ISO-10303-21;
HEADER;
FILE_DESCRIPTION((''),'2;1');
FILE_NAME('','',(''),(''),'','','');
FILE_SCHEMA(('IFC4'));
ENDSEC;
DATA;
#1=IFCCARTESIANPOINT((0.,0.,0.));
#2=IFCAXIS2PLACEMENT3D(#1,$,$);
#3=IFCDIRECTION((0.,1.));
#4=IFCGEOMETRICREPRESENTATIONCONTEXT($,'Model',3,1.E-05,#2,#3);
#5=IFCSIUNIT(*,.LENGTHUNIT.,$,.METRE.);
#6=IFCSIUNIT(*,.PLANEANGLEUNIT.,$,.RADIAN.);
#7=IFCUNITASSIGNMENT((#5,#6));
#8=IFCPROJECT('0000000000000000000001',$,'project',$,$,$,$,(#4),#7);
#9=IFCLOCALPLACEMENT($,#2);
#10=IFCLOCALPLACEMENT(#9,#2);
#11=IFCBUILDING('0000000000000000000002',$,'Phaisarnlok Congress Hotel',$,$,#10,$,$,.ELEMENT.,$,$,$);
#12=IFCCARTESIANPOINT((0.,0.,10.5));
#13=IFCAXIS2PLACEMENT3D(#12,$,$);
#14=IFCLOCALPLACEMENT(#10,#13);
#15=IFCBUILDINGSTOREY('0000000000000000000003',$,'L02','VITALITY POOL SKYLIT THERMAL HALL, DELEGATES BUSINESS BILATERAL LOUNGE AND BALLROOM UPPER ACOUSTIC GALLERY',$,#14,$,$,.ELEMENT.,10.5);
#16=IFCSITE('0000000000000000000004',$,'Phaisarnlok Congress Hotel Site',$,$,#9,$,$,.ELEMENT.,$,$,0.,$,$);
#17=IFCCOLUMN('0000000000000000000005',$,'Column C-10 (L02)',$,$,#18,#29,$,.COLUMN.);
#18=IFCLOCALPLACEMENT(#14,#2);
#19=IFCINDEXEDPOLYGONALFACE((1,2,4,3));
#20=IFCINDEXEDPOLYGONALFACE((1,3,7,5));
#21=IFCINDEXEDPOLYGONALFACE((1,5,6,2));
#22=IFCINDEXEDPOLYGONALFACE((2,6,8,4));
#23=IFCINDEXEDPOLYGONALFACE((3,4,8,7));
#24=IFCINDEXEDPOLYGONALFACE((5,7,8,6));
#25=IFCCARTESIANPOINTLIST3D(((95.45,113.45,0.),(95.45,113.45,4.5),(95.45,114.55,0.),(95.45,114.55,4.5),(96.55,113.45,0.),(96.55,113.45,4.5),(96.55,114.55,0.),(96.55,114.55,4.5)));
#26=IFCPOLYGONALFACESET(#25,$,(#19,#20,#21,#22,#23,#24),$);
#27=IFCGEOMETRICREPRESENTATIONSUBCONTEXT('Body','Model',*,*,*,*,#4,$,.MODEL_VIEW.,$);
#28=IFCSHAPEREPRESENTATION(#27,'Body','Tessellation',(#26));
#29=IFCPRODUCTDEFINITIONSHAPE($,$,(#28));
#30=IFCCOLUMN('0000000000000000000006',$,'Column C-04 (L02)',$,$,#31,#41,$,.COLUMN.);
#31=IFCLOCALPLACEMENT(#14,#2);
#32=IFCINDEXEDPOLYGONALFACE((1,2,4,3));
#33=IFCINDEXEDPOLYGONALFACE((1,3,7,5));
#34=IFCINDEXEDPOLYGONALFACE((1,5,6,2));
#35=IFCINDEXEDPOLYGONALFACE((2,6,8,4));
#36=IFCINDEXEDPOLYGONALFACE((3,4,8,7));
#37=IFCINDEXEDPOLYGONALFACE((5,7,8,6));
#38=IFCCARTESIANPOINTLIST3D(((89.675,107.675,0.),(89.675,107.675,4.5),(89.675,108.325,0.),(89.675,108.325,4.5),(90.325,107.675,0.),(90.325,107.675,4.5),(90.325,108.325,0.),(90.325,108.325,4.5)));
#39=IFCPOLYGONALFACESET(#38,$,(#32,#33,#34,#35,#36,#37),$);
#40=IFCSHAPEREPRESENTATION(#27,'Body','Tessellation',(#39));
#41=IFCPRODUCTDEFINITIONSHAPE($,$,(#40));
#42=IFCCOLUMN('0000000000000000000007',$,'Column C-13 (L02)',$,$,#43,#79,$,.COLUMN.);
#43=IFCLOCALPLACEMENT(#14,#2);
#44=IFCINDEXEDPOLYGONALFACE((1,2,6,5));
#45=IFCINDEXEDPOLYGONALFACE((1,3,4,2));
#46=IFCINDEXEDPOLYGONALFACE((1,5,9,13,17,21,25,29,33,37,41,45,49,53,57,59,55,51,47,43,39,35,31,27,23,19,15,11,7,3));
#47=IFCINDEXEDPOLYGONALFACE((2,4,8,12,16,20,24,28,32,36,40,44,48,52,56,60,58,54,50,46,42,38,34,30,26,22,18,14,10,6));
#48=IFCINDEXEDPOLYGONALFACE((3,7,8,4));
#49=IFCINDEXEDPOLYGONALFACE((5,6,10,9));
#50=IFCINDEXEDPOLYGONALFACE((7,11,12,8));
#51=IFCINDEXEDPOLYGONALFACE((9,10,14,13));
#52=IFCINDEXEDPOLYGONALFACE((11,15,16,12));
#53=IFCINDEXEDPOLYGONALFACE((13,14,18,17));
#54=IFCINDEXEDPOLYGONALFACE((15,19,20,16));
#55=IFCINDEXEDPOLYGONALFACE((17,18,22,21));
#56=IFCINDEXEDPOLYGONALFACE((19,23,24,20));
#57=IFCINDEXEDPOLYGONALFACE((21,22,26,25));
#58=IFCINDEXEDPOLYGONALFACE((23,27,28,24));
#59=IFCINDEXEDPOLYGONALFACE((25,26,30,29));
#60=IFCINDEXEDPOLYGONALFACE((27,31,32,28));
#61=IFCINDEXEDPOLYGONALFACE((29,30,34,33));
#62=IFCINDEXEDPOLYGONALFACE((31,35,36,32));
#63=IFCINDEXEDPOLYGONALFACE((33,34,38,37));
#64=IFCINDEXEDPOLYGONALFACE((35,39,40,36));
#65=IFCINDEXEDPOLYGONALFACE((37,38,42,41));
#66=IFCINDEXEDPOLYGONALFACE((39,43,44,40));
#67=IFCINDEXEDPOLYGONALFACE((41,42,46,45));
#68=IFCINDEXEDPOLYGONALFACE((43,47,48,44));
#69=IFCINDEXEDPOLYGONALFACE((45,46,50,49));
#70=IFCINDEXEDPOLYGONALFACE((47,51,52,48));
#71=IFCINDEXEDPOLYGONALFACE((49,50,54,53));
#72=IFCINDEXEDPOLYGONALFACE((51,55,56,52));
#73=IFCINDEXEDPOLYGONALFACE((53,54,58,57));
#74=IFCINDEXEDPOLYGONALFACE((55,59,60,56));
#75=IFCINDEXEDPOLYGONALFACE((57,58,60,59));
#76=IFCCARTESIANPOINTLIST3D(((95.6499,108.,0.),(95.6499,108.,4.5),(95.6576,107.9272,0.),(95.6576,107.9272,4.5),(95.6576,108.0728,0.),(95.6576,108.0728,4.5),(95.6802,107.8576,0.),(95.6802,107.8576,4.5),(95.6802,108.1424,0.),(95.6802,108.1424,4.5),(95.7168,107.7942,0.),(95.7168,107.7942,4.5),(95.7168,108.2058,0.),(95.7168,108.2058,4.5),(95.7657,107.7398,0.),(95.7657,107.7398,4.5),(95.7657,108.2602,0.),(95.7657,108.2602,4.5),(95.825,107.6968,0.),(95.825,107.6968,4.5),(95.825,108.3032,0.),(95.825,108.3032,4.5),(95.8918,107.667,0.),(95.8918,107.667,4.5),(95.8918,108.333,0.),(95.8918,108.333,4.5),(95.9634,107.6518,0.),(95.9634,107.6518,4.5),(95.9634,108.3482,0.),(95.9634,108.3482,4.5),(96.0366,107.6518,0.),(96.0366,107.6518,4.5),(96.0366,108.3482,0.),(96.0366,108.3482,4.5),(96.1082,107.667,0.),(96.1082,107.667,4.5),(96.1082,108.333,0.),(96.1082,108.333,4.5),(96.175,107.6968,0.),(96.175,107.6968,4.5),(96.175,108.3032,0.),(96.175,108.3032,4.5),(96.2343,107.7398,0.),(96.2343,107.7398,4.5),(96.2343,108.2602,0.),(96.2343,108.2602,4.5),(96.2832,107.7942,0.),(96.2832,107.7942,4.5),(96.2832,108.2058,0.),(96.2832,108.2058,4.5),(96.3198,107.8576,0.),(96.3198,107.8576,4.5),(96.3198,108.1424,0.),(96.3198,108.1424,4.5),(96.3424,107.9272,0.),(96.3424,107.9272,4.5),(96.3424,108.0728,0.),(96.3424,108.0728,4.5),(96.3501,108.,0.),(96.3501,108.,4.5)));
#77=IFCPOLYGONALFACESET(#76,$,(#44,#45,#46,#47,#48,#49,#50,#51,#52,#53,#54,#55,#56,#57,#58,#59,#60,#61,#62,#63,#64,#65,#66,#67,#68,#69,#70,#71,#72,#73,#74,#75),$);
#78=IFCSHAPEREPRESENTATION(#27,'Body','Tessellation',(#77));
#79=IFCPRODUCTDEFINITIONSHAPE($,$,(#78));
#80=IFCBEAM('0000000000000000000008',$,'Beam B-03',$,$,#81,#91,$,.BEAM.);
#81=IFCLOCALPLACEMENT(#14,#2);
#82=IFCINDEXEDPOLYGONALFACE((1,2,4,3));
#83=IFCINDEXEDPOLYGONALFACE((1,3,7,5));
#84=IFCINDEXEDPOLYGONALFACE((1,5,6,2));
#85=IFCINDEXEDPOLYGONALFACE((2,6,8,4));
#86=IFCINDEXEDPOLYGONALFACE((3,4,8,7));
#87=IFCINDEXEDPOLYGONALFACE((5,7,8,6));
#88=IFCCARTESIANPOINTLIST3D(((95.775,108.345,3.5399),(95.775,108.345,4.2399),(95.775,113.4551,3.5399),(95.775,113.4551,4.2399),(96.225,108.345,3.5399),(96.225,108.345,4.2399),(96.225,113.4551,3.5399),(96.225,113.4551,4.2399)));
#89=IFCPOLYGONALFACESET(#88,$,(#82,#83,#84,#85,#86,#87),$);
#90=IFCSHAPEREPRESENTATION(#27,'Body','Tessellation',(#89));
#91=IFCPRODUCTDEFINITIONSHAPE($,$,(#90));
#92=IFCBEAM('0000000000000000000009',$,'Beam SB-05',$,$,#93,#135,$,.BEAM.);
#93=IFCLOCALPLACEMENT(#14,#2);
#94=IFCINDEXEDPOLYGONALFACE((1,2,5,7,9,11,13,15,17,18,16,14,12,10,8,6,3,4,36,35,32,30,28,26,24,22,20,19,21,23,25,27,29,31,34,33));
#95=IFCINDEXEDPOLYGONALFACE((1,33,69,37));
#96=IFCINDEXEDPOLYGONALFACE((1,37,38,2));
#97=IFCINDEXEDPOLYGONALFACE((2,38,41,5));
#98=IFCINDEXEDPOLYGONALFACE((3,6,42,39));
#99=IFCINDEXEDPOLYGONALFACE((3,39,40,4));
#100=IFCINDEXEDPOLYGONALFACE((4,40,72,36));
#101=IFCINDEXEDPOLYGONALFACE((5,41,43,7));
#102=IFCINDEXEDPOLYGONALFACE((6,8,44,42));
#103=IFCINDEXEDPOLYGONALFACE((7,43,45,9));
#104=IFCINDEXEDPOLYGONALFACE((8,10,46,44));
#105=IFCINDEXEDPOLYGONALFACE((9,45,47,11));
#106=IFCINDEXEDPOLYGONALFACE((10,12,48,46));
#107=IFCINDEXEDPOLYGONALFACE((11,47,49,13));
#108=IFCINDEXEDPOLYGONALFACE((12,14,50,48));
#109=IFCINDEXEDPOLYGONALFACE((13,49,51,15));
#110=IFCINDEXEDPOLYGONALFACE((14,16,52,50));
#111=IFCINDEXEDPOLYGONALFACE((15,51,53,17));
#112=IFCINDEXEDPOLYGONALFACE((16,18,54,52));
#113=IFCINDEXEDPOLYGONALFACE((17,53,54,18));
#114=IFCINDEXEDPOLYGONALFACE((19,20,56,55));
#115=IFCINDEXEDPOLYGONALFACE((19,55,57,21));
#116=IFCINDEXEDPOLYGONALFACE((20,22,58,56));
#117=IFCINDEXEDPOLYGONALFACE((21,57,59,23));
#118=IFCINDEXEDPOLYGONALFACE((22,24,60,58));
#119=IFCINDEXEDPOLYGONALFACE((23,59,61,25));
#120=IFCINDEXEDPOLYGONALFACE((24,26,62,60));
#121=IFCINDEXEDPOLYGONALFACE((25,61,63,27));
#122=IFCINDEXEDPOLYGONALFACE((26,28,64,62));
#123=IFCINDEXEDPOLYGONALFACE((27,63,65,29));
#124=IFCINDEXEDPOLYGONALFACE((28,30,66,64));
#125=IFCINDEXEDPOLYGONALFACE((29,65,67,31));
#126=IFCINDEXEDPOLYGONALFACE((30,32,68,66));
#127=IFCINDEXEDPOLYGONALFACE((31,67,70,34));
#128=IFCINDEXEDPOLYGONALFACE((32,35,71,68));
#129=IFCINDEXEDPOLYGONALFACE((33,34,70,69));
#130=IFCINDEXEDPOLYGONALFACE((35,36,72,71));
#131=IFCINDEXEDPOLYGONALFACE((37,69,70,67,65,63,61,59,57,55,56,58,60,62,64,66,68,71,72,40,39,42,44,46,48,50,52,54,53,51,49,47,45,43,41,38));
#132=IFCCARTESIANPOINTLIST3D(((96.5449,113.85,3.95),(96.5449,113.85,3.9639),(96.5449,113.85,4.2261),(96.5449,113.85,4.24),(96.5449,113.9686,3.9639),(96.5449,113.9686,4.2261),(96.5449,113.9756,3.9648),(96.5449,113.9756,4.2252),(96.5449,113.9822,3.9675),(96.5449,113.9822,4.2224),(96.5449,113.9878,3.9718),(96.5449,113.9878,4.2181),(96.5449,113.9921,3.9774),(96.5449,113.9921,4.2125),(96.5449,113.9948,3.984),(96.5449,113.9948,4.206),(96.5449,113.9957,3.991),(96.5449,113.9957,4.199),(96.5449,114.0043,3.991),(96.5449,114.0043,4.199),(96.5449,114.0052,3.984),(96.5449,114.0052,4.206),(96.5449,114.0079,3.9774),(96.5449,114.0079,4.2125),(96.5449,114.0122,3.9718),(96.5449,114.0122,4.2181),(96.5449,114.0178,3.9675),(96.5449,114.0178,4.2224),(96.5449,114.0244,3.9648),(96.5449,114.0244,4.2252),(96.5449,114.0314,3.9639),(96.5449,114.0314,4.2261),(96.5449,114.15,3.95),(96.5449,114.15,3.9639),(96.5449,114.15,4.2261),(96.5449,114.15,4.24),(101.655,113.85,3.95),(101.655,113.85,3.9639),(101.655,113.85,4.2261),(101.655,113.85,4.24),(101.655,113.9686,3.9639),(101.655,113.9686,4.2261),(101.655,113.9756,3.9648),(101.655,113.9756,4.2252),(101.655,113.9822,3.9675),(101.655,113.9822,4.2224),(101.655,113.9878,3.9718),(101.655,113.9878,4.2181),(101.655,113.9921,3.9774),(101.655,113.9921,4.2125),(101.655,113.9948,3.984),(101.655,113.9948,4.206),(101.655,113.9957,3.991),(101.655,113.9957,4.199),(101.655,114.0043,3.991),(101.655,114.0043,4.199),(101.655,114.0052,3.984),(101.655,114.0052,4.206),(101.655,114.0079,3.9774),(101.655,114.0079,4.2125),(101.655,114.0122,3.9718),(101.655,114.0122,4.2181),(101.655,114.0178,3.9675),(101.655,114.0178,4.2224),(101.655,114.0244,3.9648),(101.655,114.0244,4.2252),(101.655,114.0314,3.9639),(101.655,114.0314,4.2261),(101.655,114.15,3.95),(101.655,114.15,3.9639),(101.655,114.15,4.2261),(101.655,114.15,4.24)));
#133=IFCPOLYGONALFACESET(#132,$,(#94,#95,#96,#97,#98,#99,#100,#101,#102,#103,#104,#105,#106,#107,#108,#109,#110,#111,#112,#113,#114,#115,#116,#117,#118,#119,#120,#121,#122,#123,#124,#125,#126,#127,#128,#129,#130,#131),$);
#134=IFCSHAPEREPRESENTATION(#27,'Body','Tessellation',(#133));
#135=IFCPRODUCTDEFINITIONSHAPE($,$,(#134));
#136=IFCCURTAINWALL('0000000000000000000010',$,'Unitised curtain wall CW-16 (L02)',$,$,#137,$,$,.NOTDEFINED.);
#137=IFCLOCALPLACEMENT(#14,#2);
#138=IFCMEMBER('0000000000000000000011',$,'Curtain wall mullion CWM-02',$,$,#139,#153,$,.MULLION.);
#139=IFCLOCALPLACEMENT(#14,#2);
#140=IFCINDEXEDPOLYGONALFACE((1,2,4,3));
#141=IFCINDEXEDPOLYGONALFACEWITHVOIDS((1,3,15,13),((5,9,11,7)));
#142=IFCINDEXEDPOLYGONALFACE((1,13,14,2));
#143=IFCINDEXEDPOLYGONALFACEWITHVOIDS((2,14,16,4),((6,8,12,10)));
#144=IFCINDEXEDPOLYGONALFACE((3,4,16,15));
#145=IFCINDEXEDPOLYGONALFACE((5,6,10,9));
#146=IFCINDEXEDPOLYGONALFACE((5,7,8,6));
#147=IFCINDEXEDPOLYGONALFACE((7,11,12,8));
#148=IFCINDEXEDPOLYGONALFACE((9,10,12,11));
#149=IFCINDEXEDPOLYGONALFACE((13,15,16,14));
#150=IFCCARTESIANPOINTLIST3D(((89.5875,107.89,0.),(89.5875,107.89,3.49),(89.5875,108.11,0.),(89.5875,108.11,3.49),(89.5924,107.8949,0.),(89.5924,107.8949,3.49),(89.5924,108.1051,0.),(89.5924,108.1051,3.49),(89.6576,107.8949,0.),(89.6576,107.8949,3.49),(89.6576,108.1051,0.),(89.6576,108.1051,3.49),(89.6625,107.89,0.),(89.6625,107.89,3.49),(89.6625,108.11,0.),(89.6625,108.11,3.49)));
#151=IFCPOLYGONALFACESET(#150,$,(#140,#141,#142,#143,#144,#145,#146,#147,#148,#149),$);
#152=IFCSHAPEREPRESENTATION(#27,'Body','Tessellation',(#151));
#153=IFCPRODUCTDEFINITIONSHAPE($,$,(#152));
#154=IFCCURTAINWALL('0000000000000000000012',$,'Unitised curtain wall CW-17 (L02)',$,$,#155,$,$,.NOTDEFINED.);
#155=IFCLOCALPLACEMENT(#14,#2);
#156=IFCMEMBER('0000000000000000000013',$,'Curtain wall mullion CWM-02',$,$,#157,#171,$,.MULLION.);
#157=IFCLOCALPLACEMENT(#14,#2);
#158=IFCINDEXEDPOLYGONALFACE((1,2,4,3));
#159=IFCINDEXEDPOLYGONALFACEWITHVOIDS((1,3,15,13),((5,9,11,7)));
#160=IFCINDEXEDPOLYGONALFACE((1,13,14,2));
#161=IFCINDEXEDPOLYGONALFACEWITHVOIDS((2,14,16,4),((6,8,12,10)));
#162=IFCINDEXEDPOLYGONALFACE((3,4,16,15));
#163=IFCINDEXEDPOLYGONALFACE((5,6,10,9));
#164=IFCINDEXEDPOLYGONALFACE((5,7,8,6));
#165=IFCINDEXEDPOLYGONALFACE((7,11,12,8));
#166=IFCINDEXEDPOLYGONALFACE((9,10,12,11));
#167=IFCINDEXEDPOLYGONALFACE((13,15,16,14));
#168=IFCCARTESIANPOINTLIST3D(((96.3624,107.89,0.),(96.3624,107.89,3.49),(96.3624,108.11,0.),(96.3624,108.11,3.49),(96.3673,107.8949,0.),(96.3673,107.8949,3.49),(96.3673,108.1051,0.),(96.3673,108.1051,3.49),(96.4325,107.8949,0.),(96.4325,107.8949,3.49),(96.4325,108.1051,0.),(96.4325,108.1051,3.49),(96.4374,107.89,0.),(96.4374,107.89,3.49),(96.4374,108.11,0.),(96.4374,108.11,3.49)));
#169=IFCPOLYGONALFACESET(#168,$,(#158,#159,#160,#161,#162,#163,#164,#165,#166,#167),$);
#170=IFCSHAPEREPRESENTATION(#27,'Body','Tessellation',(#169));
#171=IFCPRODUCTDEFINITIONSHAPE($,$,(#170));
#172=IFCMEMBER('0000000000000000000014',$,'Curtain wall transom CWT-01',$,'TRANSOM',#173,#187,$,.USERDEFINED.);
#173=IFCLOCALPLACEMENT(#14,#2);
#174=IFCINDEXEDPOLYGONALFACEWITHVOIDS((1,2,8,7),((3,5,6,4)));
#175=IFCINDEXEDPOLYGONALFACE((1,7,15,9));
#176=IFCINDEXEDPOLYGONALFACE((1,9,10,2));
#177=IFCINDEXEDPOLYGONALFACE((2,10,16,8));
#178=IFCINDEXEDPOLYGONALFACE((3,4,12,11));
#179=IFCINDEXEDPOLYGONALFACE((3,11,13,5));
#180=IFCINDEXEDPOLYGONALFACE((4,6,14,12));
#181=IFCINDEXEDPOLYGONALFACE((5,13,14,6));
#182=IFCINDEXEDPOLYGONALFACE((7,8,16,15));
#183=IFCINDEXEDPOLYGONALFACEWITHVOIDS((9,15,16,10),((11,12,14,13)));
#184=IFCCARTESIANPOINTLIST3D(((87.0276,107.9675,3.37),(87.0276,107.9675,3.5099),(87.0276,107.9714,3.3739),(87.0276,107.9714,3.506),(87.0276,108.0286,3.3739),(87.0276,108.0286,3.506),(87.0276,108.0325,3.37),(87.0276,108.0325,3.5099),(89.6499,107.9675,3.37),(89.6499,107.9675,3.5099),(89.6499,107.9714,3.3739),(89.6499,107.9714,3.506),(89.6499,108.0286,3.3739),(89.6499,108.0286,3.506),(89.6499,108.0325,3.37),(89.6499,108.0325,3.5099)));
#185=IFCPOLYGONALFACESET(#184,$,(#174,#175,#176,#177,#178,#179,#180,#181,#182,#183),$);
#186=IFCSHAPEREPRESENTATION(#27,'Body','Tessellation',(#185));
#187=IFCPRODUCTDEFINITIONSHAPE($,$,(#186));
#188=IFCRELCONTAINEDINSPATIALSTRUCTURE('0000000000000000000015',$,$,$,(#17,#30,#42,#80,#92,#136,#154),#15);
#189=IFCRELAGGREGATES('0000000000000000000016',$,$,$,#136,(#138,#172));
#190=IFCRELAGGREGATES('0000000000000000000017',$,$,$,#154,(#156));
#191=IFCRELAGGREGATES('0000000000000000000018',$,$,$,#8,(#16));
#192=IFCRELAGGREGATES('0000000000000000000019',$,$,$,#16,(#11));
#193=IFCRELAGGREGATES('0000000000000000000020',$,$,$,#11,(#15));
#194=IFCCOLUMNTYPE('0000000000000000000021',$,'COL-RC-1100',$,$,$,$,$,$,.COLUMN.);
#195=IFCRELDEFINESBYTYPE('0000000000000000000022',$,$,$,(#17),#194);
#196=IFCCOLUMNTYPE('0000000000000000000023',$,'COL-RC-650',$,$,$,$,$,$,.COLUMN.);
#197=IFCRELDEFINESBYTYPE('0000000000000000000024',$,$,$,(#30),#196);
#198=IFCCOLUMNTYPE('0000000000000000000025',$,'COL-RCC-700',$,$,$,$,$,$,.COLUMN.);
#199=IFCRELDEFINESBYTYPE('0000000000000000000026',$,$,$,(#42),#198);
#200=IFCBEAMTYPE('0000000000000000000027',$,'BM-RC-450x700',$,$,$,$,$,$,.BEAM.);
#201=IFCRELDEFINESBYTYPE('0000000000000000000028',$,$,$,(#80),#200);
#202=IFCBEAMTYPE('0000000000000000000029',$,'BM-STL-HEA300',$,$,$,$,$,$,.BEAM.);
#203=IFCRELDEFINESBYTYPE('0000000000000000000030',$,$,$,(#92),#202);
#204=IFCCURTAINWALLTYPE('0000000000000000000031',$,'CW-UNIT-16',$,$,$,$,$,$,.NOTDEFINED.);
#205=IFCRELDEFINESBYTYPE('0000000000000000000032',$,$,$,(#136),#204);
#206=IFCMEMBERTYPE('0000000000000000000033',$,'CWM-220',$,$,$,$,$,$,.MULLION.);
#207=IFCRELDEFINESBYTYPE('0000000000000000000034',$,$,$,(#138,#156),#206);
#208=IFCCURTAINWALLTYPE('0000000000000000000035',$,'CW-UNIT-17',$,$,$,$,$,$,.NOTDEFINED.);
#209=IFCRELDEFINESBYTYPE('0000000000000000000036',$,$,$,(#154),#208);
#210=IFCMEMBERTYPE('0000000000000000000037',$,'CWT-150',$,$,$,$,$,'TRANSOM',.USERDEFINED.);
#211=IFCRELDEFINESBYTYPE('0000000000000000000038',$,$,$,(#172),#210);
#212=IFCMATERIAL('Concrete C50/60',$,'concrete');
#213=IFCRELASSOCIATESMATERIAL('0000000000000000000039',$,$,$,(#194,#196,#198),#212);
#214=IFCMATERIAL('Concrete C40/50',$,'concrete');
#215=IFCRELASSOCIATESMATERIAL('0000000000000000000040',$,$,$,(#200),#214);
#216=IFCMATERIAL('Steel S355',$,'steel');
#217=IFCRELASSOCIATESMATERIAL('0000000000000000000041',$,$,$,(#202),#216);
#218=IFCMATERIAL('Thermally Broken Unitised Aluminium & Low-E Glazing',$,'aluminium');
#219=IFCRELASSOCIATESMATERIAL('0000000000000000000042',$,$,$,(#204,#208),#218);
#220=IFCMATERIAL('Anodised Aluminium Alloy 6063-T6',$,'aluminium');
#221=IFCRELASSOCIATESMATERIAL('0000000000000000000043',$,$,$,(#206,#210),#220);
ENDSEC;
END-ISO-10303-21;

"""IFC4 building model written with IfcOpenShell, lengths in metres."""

from ifc_helpers import new_model, si_unit, direction, frame, origin, origin_2d, place, context, subcontext, project, spatial, rectangle, hollow_rectangle, circle, i_section, extrude, material, material_profile, profile_set, type_object, element, aggregate, save


model = new_model("IFC4")

# Units and contexts
model_context = context("Model", 3, precision=1e-05, world=origin(), true_north=direction((0.0, 1.0)))
body_context = subcontext(model_context, "Body", "Model", "MODEL_VIEW")
ifc_project = project(units=[si_unit("LENGTHUNIT", "METRE"), si_unit("PLANEANGLEUNIT", "RADIAN")], contexts=[model_context])

# Site, building, storey
site_placement = place(None, origin())
site = spatial("IfcSite", under=ifc_project, at=site_placement, Name="Phaisarnlok Congress Hotel Site", CompositionType="ELEMENT", RefElevation=0.0)
building_placement = place(site_placement, origin())
building = spatial("IfcBuilding", under=site, at=building_placement, Name="Phaisarnlok Congress Hotel", CompositionType="ELEMENT")
storey_placement = place(building_placement, frame((0.0, 0.0, 10.5)))
storey = spatial("IfcBuildingStorey", under=building, at=storey_placement, Name="L02", Description="VITALITY POOL SKYLIT THERMAL HALL, DELEGATES BUSINESS BILATERAL LOUNGE AND BALLROOM UPPER ACOUSTIC GALLERY", CompositionType="ELEMENT", Elevation=10.5)

# Columns
ifc_material_1 = material(Name="Concrete C50/60", Category="concrete")
ifc_material_profile_1 = material_profile(ifc_material_1, rectangle(XDim=1.1001, YDim=1.1001, at=origin_2d()), Name="RC 1100x1100")
ifc_profile_set_1 = profile_set([ifc_material_profile_1], Name="Concrete C50/60")
column_type_1 = type_object("IfcColumnType", Name="COL-RC-1100", PredefinedType="COLUMN", material=ifc_profile_set_1)
column_1_placement = place(storey_placement, frame((96.0, 114.0, 0.0), z_axis=(0.0, 0.0, 1.0), x_axis=(1.0, 0.0, 0.0)))
element("IfcColumn", 1, at=column_1_placement, inside=storey, type_object=column_type_1, Name="Column C-10 (L02)", PredefinedType="COLUMN", context=body_context, shape_type="SweptSolid", body=[
    extrude(rectangle(XDim=1.1001, YDim=1.1001, at=origin_2d()), origin(), (0.0, 0.0, 1.0), 4.5),
])
ifc_material_profile_2 = material_profile(ifc_material_1, rectangle(XDim=0.6499, YDim=0.6499, at=origin_2d()), Name="RC 650x650")
ifc_profile_set_2 = profile_set([ifc_material_profile_2], Name="Concrete C50/60")
column_type_2 = type_object("IfcColumnType", Name="COL-RC-650", PredefinedType="COLUMN", material=ifc_profile_set_2)
column_2_placement = place(storey_placement, frame((90.0, 108.0, 0.0), z_axis=(0.0, 0.0, 1.0), x_axis=(1.0, 0.0, 0.0)))
element("IfcColumn", 2, at=column_2_placement, inside=storey, type_object=column_type_2, Name="Column C-04 (L02)", PredefinedType="COLUMN", context=body_context, shape_type="SweptSolid", body=[
    extrude(rectangle(XDim=0.6499, YDim=0.6499, at=origin_2d()), origin(), (0.0, 0.0, 1.0), 4.5),
])
ifc_material_profile_3 = material_profile(ifc_material_1, circle(Radius=0.3501, at=origin_2d()), Name="RCC D700")
ifc_profile_set_3 = profile_set([ifc_material_profile_3], Name="Concrete C50/60")
column_type_3 = type_object("IfcColumnType", Name="COL-RCC-700", PredefinedType="COLUMN", material=ifc_profile_set_3)
column_3_placement = place(storey_placement, frame((96.0, 108.0, 0.0), z_axis=(0.0, 0.0, 1.0), x_axis=(1.0, 0.0, 0.0)))
element("IfcColumn", 3, at=column_3_placement, inside=storey, type_object=column_type_3, Name="Column C-13 (L02)", PredefinedType="COLUMN", context=body_context, shape_type="SweptSolid", body=[
    extrude(circle(Radius=0.3501, at=origin_2d()), origin(), (0.0, 0.0, 1.0), 4.5),
])

# Beams
ifc_material_2 = material(Name="Concrete C40/50", Category="concrete")
ifc_material_profile_4 = material_profile(ifc_material_2, rectangle(XDim=0.45, YDim=0.7, at=origin_2d()), Name="RC 450x700")
ifc_profile_set_4 = profile_set([ifc_material_profile_4], Name="Concrete C40/50")
beam_type_1 = type_object("IfcBeamType", Name="BM-RC-450x700", PredefinedType="BEAM", material=ifc_profile_set_4)
beam_1_placement = place(storey_placement, frame((96.0, 108.345, 3.8899), z_axis=(0.0, 1.0, 0.0), x_axis=(-1.0, 0.0, 0.0)))
element("IfcBeam", 4, at=beam_1_placement, inside=storey, type_object=beam_type_1, Name="Beam B-03", PredefinedType="BEAM", context=body_context, shape_type="SweptSolid", body=[
    extrude(rectangle(XDim=0.45, YDim=0.7, at=origin_2d()), origin(), (0.0, 0.0, 1.0), 5.1101),
])
ifc_material_3 = material(Name="Steel S355", Category="steel")
ifc_material_profile_5 = material_profile(ifc_material_3, i_section(OverallWidth=0.3, OverallDepth=0.29, WebThickness=0.0085, FlangeThickness=0.0139, FilletRadius=0.0271, at=origin_2d()), Name="HEA 300")
ifc_profile_set_5 = profile_set([ifc_material_profile_5], Name="Steel S355")
beam_type_2 = type_object("IfcBeamType", Name="BM-STL-HEA300", PredefinedType="BEAM", material=ifc_profile_set_5)
beam_2_placement = place(storey_placement, frame((96.5449, 114.0, 4.095), z_axis=(1.0, 0.0, 0.0), x_axis=(0.0, 1.0, 0.0)))
element("IfcBeam", 5, at=beam_2_placement, inside=storey, type_object=beam_type_2, Name="Beam SB-05", PredefinedType="BEAM", context=body_context, shape_type="SweptSolid", body=[
    extrude(i_section(OverallWidth=0.3, OverallDepth=0.29, WebThickness=0.0085, FlangeThickness=0.0139, FilletRadius=0.0271, at=origin_2d()), origin(), (0.0, 0.0, 1.0), 5.1101),
])

# Curtain walls, members
ifc_material_4 = material(Name="Thermally Broken Unitised Aluminium & Low-E Glazing", Category="aluminium")
curtain_wall_type_1 = type_object("IfcCurtainWallType", Name="CW-UNIT-16", PredefinedType="NOTDEFINED", material=ifc_material_4)
curtain_wall_1_placement = place(storey_placement, origin())
curtain_wall_1 = element("IfcCurtainWall", 6, at=curtain_wall_1_placement, inside=storey, type_object=curtain_wall_type_1, Name="Unitised curtain wall CW-16 (L02)", PredefinedType="NOTDEFINED")
ifc_material_5 = material(Name="Anodised Aluminium Alloy 6063-T6", Category="aluminium")
ifc_material_profile_6 = material_profile(ifc_material_5, hollow_rectangle(XDim=0.075, YDim=0.22, WallThickness=0.0049, at=origin_2d()), Name="ALU-M 75x220x5")
ifc_profile_set_6 = profile_set([ifc_material_profile_6], Name="Anodised Aluminium Alloy 6063-T6")
member_type_1 = type_object("IfcMemberType", Name="CWM-220", PredefinedType="MULLION", material=ifc_profile_set_6)
member_1_placement = place(storey_placement, frame((89.625, 108.0, 0.0), z_axis=(0.0, 0.0, 1.0), x_axis=(1.0, 0.0, 0.0)))
member_1 = element("IfcMember", 7, at=member_1_placement, type_object=member_type_1, Name="Curtain wall mullion CWM-02", PredefinedType="MULLION", context=body_context, shape_type="SweptSolid", body=[
    extrude(hollow_rectangle(XDim=0.075, YDim=0.22, WallThickness=0.0049, at=origin_2d()), origin(), (0.0, 0.0, 1.0), 3.49),
])
curtain_wall_type_2 = type_object("IfcCurtainWallType", Name="CW-UNIT-17", PredefinedType="NOTDEFINED", material=ifc_material_4)
curtain_wall_2_placement = place(storey_placement, origin())
curtain_wall_2 = element("IfcCurtainWall", 8, at=curtain_wall_2_placement, inside=storey, type_object=curtain_wall_type_2, Name="Unitised curtain wall CW-17 (L02)", PredefinedType="NOTDEFINED")
member_2_placement = place(storey_placement, frame((96.3999, 108.0, 0.0), z_axis=(0.0, 0.0, 1.0), x_axis=(1.0, 0.0, 0.0)))
member_2 = element("IfcMember", 9, at=member_2_placement, type_object=member_type_1, Name="Curtain wall mullion CWM-02", PredefinedType="MULLION", context=body_context, shape_type="SweptSolid", body=[
    extrude(hollow_rectangle(XDim=0.075, YDim=0.22, WallThickness=0.0049, at=origin_2d()), origin(), (0.0, 0.0, 1.0), 3.49),
])

# Member
ifc_material_profile_7 = material_profile(ifc_material_5, hollow_rectangle(XDim=0.0649, YDim=0.1399, WallThickness=0.0039, at=origin_2d()), Name="ALU-T 65x140x4")
ifc_profile_set_7 = profile_set([ifc_material_profile_7], Name="Anodised Aluminium Alloy 6063-T6")
member_type_2 = type_object("IfcMemberType", Name="CWT-150", ElementType="TRANSOM", PredefinedType="USERDEFINED", material=ifc_profile_set_7)
member_3_placement = place(storey_placement, frame((87.0276, 108.0, 3.4399), z_axis=(1.0, 0.0, 0.0), x_axis=(0.0, 1.0, 0.0)))
member_3 = element("IfcMember", 10, at=member_3_placement, type_object=member_type_2, Name="Curtain wall transom CWT-01", ObjectType="TRANSOM", PredefinedType="USERDEFINED", context=body_context, shape_type="SweptSolid", body=[
    extrude(hollow_rectangle(XDim=0.0649, YDim=0.1399, WallThickness=0.0039, at=origin_2d()), origin(), (0.0, 0.0, 1.0), 2.6223),
])

aggregate(curtain_wall_1, [member_1, member_3])
aggregate(curtain_wall_2, [member_2])

save(model, "model.ifc")
